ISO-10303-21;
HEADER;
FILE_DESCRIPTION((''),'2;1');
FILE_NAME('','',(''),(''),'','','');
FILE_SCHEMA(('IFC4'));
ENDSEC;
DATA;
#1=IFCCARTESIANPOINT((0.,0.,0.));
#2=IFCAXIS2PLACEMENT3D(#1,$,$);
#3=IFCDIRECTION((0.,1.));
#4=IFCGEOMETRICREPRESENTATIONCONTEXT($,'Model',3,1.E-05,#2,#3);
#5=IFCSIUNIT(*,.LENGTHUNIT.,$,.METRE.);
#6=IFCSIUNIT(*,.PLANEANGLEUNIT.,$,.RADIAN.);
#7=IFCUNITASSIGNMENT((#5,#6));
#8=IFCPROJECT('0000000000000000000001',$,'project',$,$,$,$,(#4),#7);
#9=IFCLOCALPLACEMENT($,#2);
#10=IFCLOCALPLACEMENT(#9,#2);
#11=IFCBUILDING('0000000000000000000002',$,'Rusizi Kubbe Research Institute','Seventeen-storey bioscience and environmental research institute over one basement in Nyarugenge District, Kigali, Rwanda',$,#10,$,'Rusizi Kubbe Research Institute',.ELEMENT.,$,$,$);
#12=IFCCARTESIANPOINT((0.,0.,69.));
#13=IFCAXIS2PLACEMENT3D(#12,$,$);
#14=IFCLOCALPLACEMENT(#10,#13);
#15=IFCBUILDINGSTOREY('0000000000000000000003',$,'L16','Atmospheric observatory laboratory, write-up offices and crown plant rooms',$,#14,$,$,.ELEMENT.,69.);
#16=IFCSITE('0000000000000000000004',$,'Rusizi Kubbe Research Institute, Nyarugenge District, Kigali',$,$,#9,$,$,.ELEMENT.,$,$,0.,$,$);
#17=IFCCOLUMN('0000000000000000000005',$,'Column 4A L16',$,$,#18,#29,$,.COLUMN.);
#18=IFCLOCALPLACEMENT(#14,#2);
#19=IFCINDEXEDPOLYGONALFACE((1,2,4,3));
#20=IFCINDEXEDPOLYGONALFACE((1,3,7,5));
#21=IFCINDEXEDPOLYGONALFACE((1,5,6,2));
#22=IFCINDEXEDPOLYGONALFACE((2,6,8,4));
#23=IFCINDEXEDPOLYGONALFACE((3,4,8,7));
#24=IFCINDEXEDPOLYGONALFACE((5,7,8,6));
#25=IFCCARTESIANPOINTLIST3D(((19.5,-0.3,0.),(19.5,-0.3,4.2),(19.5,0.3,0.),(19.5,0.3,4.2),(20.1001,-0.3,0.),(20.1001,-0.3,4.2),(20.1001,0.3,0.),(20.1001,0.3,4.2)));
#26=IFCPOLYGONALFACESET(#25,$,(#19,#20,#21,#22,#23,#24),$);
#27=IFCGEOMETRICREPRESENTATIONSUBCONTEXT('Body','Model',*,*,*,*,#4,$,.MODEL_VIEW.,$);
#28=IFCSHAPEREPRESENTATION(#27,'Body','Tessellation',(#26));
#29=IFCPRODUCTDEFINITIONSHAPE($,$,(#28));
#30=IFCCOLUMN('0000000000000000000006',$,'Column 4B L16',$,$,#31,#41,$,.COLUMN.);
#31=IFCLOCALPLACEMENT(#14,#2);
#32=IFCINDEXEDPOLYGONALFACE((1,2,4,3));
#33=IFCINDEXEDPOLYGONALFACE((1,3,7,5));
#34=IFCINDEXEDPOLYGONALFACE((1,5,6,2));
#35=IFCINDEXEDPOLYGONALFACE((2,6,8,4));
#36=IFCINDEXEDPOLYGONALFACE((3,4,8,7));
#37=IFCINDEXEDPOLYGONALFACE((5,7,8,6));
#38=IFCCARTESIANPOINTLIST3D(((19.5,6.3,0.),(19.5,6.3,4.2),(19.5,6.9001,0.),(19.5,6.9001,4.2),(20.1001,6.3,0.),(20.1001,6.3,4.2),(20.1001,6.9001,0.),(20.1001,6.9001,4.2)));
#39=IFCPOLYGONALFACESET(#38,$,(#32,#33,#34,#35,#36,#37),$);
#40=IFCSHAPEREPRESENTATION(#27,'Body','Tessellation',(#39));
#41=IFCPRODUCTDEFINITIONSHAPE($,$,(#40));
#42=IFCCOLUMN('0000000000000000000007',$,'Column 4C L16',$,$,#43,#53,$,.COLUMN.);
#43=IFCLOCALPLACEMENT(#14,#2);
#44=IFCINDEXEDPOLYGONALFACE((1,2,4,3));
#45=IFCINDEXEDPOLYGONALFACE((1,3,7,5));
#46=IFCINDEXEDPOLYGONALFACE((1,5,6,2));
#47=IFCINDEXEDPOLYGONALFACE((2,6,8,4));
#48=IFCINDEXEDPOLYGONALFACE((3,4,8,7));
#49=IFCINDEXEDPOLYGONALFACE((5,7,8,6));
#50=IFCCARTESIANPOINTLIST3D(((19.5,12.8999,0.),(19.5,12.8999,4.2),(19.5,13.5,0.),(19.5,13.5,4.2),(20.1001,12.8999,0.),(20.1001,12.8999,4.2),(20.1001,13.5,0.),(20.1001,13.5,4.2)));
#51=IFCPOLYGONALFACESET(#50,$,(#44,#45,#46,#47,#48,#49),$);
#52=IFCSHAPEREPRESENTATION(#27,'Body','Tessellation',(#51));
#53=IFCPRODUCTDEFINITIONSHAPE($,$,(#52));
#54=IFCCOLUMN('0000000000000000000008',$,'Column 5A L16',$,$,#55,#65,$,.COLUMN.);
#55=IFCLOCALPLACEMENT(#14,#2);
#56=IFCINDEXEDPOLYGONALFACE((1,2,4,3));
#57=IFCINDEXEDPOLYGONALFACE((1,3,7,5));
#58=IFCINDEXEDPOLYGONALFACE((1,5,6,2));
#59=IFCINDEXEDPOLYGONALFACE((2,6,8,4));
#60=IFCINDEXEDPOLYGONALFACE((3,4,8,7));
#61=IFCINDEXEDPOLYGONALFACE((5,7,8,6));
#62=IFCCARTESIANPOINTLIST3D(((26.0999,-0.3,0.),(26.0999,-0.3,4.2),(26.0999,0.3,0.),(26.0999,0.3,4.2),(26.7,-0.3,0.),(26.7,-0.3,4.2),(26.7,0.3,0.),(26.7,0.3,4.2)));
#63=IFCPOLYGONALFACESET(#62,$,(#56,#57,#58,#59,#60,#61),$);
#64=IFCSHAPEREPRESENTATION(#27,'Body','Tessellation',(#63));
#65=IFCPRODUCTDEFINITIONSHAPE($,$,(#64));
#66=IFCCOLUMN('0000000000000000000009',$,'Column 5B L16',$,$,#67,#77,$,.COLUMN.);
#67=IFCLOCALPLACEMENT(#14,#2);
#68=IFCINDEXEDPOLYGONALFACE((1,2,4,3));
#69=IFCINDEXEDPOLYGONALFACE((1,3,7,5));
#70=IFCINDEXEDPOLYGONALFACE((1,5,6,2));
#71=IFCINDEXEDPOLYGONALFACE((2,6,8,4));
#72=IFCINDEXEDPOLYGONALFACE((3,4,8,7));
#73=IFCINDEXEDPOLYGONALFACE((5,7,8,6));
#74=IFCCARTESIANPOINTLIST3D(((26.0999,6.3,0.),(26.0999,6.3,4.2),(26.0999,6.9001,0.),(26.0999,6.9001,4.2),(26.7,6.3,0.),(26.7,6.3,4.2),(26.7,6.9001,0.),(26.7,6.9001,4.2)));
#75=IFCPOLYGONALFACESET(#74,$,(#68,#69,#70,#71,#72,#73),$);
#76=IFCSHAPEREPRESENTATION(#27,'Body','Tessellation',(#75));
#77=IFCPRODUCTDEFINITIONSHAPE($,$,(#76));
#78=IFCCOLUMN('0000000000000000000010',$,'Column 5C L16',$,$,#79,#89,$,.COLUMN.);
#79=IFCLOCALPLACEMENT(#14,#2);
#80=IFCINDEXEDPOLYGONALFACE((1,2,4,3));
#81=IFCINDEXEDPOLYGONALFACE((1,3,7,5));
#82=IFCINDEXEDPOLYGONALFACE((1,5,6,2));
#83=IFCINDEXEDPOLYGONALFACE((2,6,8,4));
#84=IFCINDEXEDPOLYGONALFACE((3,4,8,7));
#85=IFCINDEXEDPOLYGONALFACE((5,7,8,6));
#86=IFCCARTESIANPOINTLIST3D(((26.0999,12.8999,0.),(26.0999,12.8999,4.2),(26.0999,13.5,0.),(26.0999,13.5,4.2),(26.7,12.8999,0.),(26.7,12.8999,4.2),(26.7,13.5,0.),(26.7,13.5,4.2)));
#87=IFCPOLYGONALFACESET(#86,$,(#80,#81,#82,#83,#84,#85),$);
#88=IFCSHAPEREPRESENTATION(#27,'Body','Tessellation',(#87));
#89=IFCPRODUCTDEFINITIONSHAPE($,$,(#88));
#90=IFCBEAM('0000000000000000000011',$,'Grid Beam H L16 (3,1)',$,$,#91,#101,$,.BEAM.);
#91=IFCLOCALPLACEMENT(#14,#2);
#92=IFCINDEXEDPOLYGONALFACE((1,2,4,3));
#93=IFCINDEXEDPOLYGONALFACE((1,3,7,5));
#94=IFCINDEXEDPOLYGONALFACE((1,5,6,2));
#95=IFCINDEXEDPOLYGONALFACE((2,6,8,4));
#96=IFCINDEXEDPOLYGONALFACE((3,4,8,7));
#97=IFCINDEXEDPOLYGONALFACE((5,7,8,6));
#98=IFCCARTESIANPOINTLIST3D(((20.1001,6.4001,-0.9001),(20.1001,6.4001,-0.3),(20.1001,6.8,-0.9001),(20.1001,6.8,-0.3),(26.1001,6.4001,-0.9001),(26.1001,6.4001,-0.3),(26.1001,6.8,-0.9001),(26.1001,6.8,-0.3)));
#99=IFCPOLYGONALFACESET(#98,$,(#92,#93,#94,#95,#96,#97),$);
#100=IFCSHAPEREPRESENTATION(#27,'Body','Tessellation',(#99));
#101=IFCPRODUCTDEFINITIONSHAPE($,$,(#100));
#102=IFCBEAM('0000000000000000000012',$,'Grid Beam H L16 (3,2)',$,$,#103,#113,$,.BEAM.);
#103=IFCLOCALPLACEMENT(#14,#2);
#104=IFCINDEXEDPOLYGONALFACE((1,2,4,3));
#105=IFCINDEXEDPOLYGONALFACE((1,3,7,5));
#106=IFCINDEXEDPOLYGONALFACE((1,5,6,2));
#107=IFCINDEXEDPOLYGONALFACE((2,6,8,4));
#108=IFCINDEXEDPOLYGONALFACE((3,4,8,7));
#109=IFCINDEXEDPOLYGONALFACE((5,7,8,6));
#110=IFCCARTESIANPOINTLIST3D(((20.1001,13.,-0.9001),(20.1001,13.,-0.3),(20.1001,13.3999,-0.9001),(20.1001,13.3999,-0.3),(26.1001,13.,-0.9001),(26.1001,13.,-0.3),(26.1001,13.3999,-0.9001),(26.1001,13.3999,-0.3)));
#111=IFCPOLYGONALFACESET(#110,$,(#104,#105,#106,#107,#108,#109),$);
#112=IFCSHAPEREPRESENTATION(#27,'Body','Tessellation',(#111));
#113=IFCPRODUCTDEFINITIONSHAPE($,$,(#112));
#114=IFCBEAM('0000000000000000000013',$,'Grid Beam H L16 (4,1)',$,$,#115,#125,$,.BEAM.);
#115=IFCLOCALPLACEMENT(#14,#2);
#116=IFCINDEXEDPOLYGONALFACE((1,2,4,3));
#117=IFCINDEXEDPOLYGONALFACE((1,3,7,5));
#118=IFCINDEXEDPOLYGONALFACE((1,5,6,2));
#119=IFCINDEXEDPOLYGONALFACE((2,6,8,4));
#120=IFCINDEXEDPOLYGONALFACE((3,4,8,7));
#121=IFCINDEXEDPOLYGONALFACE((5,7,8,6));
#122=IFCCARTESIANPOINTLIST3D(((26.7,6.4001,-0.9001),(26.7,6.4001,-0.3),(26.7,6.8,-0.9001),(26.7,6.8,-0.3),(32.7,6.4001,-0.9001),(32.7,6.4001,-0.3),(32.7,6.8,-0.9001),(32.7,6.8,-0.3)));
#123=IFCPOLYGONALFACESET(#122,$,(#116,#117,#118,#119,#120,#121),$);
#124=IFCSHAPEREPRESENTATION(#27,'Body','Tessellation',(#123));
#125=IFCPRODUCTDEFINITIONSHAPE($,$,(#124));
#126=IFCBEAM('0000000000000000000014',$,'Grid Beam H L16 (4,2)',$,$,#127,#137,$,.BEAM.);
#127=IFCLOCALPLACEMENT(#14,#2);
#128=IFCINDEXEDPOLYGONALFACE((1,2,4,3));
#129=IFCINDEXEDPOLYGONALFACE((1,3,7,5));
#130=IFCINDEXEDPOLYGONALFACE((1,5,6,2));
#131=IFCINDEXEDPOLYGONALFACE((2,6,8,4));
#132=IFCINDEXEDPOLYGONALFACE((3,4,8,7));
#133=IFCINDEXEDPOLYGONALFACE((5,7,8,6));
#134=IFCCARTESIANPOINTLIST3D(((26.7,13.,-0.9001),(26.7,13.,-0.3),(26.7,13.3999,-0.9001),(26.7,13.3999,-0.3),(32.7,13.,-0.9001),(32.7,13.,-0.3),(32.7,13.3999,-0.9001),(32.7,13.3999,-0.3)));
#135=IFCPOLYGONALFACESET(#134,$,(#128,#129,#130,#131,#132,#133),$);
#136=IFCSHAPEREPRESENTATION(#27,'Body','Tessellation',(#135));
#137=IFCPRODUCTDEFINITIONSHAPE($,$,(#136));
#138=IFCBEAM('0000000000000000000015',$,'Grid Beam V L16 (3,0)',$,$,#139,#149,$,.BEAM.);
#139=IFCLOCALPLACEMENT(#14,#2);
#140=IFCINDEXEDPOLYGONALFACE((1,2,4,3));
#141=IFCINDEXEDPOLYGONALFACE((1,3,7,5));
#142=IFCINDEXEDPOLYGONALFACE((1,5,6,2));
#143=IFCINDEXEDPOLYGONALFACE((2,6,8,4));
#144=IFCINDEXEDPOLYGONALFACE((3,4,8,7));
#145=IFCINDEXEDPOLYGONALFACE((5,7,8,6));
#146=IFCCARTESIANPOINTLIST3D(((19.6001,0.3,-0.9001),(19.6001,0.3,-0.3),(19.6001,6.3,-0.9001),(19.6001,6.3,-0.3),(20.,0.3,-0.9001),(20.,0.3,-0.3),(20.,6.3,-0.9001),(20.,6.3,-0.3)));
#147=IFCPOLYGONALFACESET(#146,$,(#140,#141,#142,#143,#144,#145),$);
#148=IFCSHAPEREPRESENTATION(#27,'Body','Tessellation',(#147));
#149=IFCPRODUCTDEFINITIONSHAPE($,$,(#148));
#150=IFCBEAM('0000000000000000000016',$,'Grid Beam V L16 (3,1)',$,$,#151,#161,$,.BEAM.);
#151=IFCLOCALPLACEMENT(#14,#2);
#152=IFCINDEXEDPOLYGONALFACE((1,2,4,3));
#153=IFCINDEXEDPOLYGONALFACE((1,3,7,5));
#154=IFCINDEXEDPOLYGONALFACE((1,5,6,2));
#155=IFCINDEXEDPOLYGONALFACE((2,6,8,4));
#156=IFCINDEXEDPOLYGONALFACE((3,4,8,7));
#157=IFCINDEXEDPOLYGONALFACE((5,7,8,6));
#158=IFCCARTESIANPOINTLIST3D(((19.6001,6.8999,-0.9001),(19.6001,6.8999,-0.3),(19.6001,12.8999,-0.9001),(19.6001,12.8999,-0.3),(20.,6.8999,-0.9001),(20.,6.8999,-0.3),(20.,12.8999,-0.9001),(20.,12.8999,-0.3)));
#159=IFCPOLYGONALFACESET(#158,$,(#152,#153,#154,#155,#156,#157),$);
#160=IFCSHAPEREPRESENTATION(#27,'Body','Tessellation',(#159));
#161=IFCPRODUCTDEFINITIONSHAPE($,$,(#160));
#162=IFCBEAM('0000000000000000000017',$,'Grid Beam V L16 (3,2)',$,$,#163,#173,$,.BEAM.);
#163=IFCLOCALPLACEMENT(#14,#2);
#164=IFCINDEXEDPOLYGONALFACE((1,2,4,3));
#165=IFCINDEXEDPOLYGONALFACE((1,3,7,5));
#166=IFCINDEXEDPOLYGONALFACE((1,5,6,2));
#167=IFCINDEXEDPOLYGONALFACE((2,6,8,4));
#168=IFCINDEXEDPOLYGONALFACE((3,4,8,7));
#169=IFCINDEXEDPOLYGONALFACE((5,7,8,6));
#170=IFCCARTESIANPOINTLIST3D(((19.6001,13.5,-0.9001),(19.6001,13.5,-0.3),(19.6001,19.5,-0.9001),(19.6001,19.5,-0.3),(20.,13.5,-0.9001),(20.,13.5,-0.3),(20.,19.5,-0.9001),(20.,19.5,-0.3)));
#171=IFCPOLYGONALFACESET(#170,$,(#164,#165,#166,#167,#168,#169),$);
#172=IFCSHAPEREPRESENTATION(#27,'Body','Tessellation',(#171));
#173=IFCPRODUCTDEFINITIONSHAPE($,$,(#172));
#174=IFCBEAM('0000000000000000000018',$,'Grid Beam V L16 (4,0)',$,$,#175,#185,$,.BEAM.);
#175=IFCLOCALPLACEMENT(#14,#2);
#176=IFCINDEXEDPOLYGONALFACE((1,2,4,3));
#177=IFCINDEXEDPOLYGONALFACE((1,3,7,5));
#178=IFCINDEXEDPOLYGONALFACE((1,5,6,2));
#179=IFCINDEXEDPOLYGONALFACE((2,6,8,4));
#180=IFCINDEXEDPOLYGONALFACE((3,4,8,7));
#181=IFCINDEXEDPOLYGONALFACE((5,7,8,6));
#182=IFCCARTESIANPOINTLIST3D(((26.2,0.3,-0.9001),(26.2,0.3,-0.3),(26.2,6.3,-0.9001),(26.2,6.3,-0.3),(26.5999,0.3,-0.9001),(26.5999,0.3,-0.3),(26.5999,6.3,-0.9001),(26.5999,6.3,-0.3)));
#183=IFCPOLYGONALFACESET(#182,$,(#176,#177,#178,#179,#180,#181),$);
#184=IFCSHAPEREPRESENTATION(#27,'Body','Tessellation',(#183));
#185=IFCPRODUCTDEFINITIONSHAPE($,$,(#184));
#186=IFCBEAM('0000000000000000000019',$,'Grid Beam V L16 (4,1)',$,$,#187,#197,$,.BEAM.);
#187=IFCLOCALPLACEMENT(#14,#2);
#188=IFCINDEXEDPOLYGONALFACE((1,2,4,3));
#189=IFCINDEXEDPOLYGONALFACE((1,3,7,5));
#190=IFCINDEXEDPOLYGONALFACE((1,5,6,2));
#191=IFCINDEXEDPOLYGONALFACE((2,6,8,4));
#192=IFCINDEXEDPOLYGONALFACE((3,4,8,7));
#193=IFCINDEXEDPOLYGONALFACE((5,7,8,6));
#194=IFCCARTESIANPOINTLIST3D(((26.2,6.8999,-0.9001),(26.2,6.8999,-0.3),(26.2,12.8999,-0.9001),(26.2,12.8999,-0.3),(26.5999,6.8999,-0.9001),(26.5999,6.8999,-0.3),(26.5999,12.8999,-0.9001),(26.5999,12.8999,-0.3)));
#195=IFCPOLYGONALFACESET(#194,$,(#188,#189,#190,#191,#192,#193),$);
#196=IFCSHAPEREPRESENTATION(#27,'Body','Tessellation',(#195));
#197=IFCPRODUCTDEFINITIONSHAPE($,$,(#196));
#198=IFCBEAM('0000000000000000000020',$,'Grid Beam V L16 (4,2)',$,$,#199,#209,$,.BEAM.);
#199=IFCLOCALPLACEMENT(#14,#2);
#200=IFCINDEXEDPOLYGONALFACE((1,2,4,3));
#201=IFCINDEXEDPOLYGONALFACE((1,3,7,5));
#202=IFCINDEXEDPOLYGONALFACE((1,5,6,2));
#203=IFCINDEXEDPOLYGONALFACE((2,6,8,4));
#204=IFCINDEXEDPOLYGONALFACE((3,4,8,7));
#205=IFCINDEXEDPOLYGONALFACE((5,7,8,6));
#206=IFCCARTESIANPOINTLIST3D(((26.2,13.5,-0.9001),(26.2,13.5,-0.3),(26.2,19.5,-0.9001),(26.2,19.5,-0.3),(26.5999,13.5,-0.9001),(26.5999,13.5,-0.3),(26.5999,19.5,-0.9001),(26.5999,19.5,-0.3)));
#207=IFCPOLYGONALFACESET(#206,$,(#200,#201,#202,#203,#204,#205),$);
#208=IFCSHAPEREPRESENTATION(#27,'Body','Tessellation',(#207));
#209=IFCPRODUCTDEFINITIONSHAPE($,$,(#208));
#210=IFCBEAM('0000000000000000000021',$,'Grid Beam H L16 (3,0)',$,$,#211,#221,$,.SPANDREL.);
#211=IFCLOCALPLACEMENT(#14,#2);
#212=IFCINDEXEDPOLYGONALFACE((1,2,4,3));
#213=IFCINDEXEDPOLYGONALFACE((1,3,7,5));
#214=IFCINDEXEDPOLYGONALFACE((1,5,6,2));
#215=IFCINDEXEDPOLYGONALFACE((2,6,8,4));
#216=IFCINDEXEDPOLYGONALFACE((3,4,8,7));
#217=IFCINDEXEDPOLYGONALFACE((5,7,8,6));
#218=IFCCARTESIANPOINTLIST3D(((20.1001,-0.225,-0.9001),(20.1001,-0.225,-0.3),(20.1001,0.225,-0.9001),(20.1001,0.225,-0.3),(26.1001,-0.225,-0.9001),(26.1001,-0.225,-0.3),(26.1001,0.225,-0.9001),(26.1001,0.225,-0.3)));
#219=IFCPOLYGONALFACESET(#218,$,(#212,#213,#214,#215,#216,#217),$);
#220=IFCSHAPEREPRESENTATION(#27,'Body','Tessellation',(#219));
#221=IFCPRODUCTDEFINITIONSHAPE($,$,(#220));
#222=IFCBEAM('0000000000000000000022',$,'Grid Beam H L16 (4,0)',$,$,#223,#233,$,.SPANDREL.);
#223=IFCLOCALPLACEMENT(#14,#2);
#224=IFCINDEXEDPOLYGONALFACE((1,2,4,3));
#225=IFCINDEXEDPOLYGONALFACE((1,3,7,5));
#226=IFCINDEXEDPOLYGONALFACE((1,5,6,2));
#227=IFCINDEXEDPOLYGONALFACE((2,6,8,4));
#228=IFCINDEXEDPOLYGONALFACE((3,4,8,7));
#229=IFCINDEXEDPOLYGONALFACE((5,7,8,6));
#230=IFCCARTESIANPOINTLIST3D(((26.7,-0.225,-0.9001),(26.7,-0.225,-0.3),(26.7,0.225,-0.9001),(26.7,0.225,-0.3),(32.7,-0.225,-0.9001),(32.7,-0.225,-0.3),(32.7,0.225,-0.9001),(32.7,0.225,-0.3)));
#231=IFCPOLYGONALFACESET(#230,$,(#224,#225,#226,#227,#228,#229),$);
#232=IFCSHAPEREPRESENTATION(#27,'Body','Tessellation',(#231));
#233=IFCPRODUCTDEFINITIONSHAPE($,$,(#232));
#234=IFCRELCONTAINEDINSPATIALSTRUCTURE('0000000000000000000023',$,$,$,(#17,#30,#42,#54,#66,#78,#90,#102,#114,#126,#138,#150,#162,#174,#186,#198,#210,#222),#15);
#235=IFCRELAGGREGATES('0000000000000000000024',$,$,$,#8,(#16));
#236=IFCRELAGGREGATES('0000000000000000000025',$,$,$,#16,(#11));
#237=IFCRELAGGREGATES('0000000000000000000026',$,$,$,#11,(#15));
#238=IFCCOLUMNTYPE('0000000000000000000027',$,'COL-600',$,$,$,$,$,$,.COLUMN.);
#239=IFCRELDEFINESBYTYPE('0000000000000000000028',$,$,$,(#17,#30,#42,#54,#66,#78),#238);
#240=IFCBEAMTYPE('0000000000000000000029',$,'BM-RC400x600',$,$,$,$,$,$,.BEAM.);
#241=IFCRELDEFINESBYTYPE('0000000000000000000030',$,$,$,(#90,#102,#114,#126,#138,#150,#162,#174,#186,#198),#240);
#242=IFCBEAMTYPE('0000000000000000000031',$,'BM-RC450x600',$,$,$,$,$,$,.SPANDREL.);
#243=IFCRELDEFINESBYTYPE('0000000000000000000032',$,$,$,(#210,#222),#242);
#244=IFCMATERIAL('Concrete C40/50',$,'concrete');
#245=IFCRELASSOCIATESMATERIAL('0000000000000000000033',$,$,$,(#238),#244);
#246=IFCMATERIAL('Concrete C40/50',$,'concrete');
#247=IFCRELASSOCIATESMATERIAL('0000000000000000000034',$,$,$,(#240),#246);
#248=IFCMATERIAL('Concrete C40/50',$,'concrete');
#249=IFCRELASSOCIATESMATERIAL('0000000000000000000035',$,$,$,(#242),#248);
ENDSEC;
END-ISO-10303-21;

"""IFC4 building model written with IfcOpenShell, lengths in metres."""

from ifc_helpers import new_model, si_unit, direction, frame, origin, origin_2d, place, context, subcontext, project, spatial, rectangle, extrude, material, material_profile, profile_set, type_object, element, save


model = new_model("IFC4")

# Units and contexts
model_context = context("Model", 3, precision=1e-05, world=origin(), true_north=direction((0.0, 1.0)))
body_context = subcontext(model_context, "Body", "Model", "MODEL_VIEW")
ifc_project = project(units=[si_unit("LENGTHUNIT", "METRE"), si_unit("PLANEANGLEUNIT", "RADIAN")], contexts=[model_context])

# Site, building, storey
site_placement = place(None, origin())
site = spatial("IfcSite", under=ifc_project, at=site_placement, Name="Rusizi Kubbe Research Institute, Nyarugenge District, Kigali", CompositionType="ELEMENT", RefElevation=0.0)
building_placement = place(site_placement, origin())
building = spatial("IfcBuilding", under=site, at=building_placement, Name="Rusizi Kubbe Research Institute", Description="Seventeen-storey bioscience and environmental research institute over one basement in Nyarugenge District, Kigali, Rwanda", LongName="Rusizi Kubbe Research Institute", CompositionType="ELEMENT")
storey_placement = place(building_placement, frame((0.0, 0.0, 69.0)))
storey = spatial("IfcBuildingStorey", under=building, at=storey_placement, Name="L16", Description="Atmospheric observatory laboratory, write-up offices and crown plant rooms", CompositionType="ELEMENT", Elevation=69.0)

# Columns
ifc_material_1 = material(Name="Concrete C40/50", Category="concrete")
ifc_material_profile_1 = material_profile(ifc_material_1, rectangle(XDim=0.6001, YDim=0.6001, at=origin_2d()), Name="RC600x600")
ifc_profile_set_1 = profile_set([ifc_material_profile_1], Name="Concrete C40/50")
column_type = type_object("IfcColumnType", Name="COL-600", PredefinedType="COLUMN", material=ifc_profile_set_1)
for number, where, z_axis, x_axis, name in (
    (1, (19.8, 0.0, 0.0), (0.0, 0.0, 1.0), (1.0, 0.0, 0.0), "Column 4A L16"),
    (2, (19.8, 6.6001, 0.0), (0.0, 0.0, 1.0), (1.0, 0.0, 0.0), "Column 4B L16"),
    (3, (19.8, 13.2, 0.0), (0.0, 0.0, 1.0), (1.0, 0.0, 0.0), "Column 4C L16"),
    (4, (26.3999, 0.0, 0.0), (0.0, 0.0, 1.0), (1.0, 0.0, 0.0), "Column 5A L16"),
    (5, (26.3999, 6.6001, 0.0), (0.0, 0.0, 1.0), (1.0, 0.0, 0.0), "Column 5B L16"),
    (6, (26.3999, 13.2, 0.0), (0.0, 0.0, 1.0), (1.0, 0.0, 0.0), "Column 5C L16"),
):
    element("IfcColumn", number, at=place(storey_placement, frame(where, z_axis=z_axis, x_axis=x_axis)), inside=storey, type_object=column_type, Name=name, PredefinedType="COLUMN", context=body_context, shape_type="SweptSolid", body=[
        extrude(rectangle(XDim=0.6001, YDim=0.6001, at=origin_2d()), origin(), (0.0, 0.0, 1.0), 4.2),
    ])

# Beams
ifc_material_2 = material(Name="Concrete C40/50", Category="concrete")
ifc_material_profile_2 = material_profile(ifc_material_2, rectangle(XDim=0.3999, YDim=0.6001, at=origin_2d()), Name="RC400x600")
ifc_profile_set_2 = profile_set([ifc_material_profile_2], Name="Concrete C40/50")
beam_type_1 = type_object("IfcBeamType", Name="BM-RC400x600", PredefinedType="BEAM", material=ifc_profile_set_2)
for number, where, z_axis, x_axis, name in (
    (7, (20.1001, 6.6001, -0.6001), (1.0, 0.0, 0.0), (0.0, 1.0, 0.0), "Grid Beam H L16 (3,1)"),
    (8, (20.1001, 13.2, -0.6001), (1.0, 0.0, 0.0), (0.0, 1.0, 0.0), "Grid Beam H L16 (3,2)"),
    (9, (26.7, 6.6001, -0.6001), (1.0, 0.0, 0.0), (0.0, 1.0, 0.0), "Grid Beam H L16 (4,1)"),
    (10, (26.7, 13.2, -0.6001), (1.0, 0.0, 0.0), (0.0, 1.0, 0.0), "Grid Beam H L16 (4,2)"),
    (11, (19.8, 0.3, -0.6001), (0.0, 1.0, 0.0), (-1.0, 0.0, 0.0), "Grid Beam V L16 (3,0)"),
    (12, (19.8, 6.8999, -0.6001), (0.0, 1.0, 0.0), (-1.0, 0.0, 0.0), "Grid Beam V L16 (3,1)"),
    (13, (19.8, 13.5, -0.6001), (0.0, 1.0, 0.0), (-1.0, 0.0, 0.0), "Grid Beam V L16 (3,2)"),
    (14, (26.3999, 0.3, -0.6001), (0.0, 1.0, 0.0), (-1.0, 0.0, 0.0), "Grid Beam V L16 (4,0)"),
    (15, (26.3999, 6.8999, -0.6001), (0.0, 1.0, 0.0), (-1.0, 0.0, 0.0), "Grid Beam V L16 (4,1)"),
    (16, (26.3999, 13.5, -0.6001), (0.0, 1.0, 0.0), (-1.0, 0.0, 0.0), "Grid Beam V L16 (4,2)"),
):
    element("IfcBeam", number, at=place(storey_placement, frame(where, z_axis=z_axis, x_axis=x_axis)), inside=storey, type_object=beam_type_1, Name=name, PredefinedType="BEAM", context=body_context, shape_type="SweptSolid", body=[
        extrude(rectangle(XDim=0.3999, YDim=0.6001, at=origin_2d()), origin(), (0.0, 0.0, 1.0), 6.0),
    ])
ifc_material_3 = material(Name="Concrete C40/50", Category="concrete")
ifc_material_profile_3 = material_profile(ifc_material_3, rectangle(XDim=0.45, YDim=0.6001, at=origin_2d()), Name="RC450x600")
ifc_profile_set_3 = profile_set([ifc_material_profile_3], Name="Concrete C40/50")
beam_type_2 = type_object("IfcBeamType", Name="BM-RC450x600", PredefinedType="SPANDREL", material=ifc_profile_set_3)
for number, where, z_axis, x_axis, name in (
    (17, (20.1001, 0.0, -0.6001), (1.0, 0.0, 0.0), (0.0, 1.0, 0.0), "Grid Beam H L16 (3,0)"),
    (18, (26.7, 0.0, -0.6001), (1.0, 0.0, 0.0), (0.0, 1.0, 0.0), "Grid Beam H L16 (4,0)"),
):
    element("IfcBeam", number, at=place(storey_placement, frame(where, z_axis=z_axis, x_axis=x_axis)), inside=storey, type_object=beam_type_2, Name=name, PredefinedType="SPANDREL", context=body_context, shape_type="SweptSolid", body=[
        extrude(rectangle(XDim=0.45, YDim=0.6001, at=origin_2d()), origin(), (0.0, 0.0, 1.0), 6.0),
    ])

save(model, "model.ifc")
